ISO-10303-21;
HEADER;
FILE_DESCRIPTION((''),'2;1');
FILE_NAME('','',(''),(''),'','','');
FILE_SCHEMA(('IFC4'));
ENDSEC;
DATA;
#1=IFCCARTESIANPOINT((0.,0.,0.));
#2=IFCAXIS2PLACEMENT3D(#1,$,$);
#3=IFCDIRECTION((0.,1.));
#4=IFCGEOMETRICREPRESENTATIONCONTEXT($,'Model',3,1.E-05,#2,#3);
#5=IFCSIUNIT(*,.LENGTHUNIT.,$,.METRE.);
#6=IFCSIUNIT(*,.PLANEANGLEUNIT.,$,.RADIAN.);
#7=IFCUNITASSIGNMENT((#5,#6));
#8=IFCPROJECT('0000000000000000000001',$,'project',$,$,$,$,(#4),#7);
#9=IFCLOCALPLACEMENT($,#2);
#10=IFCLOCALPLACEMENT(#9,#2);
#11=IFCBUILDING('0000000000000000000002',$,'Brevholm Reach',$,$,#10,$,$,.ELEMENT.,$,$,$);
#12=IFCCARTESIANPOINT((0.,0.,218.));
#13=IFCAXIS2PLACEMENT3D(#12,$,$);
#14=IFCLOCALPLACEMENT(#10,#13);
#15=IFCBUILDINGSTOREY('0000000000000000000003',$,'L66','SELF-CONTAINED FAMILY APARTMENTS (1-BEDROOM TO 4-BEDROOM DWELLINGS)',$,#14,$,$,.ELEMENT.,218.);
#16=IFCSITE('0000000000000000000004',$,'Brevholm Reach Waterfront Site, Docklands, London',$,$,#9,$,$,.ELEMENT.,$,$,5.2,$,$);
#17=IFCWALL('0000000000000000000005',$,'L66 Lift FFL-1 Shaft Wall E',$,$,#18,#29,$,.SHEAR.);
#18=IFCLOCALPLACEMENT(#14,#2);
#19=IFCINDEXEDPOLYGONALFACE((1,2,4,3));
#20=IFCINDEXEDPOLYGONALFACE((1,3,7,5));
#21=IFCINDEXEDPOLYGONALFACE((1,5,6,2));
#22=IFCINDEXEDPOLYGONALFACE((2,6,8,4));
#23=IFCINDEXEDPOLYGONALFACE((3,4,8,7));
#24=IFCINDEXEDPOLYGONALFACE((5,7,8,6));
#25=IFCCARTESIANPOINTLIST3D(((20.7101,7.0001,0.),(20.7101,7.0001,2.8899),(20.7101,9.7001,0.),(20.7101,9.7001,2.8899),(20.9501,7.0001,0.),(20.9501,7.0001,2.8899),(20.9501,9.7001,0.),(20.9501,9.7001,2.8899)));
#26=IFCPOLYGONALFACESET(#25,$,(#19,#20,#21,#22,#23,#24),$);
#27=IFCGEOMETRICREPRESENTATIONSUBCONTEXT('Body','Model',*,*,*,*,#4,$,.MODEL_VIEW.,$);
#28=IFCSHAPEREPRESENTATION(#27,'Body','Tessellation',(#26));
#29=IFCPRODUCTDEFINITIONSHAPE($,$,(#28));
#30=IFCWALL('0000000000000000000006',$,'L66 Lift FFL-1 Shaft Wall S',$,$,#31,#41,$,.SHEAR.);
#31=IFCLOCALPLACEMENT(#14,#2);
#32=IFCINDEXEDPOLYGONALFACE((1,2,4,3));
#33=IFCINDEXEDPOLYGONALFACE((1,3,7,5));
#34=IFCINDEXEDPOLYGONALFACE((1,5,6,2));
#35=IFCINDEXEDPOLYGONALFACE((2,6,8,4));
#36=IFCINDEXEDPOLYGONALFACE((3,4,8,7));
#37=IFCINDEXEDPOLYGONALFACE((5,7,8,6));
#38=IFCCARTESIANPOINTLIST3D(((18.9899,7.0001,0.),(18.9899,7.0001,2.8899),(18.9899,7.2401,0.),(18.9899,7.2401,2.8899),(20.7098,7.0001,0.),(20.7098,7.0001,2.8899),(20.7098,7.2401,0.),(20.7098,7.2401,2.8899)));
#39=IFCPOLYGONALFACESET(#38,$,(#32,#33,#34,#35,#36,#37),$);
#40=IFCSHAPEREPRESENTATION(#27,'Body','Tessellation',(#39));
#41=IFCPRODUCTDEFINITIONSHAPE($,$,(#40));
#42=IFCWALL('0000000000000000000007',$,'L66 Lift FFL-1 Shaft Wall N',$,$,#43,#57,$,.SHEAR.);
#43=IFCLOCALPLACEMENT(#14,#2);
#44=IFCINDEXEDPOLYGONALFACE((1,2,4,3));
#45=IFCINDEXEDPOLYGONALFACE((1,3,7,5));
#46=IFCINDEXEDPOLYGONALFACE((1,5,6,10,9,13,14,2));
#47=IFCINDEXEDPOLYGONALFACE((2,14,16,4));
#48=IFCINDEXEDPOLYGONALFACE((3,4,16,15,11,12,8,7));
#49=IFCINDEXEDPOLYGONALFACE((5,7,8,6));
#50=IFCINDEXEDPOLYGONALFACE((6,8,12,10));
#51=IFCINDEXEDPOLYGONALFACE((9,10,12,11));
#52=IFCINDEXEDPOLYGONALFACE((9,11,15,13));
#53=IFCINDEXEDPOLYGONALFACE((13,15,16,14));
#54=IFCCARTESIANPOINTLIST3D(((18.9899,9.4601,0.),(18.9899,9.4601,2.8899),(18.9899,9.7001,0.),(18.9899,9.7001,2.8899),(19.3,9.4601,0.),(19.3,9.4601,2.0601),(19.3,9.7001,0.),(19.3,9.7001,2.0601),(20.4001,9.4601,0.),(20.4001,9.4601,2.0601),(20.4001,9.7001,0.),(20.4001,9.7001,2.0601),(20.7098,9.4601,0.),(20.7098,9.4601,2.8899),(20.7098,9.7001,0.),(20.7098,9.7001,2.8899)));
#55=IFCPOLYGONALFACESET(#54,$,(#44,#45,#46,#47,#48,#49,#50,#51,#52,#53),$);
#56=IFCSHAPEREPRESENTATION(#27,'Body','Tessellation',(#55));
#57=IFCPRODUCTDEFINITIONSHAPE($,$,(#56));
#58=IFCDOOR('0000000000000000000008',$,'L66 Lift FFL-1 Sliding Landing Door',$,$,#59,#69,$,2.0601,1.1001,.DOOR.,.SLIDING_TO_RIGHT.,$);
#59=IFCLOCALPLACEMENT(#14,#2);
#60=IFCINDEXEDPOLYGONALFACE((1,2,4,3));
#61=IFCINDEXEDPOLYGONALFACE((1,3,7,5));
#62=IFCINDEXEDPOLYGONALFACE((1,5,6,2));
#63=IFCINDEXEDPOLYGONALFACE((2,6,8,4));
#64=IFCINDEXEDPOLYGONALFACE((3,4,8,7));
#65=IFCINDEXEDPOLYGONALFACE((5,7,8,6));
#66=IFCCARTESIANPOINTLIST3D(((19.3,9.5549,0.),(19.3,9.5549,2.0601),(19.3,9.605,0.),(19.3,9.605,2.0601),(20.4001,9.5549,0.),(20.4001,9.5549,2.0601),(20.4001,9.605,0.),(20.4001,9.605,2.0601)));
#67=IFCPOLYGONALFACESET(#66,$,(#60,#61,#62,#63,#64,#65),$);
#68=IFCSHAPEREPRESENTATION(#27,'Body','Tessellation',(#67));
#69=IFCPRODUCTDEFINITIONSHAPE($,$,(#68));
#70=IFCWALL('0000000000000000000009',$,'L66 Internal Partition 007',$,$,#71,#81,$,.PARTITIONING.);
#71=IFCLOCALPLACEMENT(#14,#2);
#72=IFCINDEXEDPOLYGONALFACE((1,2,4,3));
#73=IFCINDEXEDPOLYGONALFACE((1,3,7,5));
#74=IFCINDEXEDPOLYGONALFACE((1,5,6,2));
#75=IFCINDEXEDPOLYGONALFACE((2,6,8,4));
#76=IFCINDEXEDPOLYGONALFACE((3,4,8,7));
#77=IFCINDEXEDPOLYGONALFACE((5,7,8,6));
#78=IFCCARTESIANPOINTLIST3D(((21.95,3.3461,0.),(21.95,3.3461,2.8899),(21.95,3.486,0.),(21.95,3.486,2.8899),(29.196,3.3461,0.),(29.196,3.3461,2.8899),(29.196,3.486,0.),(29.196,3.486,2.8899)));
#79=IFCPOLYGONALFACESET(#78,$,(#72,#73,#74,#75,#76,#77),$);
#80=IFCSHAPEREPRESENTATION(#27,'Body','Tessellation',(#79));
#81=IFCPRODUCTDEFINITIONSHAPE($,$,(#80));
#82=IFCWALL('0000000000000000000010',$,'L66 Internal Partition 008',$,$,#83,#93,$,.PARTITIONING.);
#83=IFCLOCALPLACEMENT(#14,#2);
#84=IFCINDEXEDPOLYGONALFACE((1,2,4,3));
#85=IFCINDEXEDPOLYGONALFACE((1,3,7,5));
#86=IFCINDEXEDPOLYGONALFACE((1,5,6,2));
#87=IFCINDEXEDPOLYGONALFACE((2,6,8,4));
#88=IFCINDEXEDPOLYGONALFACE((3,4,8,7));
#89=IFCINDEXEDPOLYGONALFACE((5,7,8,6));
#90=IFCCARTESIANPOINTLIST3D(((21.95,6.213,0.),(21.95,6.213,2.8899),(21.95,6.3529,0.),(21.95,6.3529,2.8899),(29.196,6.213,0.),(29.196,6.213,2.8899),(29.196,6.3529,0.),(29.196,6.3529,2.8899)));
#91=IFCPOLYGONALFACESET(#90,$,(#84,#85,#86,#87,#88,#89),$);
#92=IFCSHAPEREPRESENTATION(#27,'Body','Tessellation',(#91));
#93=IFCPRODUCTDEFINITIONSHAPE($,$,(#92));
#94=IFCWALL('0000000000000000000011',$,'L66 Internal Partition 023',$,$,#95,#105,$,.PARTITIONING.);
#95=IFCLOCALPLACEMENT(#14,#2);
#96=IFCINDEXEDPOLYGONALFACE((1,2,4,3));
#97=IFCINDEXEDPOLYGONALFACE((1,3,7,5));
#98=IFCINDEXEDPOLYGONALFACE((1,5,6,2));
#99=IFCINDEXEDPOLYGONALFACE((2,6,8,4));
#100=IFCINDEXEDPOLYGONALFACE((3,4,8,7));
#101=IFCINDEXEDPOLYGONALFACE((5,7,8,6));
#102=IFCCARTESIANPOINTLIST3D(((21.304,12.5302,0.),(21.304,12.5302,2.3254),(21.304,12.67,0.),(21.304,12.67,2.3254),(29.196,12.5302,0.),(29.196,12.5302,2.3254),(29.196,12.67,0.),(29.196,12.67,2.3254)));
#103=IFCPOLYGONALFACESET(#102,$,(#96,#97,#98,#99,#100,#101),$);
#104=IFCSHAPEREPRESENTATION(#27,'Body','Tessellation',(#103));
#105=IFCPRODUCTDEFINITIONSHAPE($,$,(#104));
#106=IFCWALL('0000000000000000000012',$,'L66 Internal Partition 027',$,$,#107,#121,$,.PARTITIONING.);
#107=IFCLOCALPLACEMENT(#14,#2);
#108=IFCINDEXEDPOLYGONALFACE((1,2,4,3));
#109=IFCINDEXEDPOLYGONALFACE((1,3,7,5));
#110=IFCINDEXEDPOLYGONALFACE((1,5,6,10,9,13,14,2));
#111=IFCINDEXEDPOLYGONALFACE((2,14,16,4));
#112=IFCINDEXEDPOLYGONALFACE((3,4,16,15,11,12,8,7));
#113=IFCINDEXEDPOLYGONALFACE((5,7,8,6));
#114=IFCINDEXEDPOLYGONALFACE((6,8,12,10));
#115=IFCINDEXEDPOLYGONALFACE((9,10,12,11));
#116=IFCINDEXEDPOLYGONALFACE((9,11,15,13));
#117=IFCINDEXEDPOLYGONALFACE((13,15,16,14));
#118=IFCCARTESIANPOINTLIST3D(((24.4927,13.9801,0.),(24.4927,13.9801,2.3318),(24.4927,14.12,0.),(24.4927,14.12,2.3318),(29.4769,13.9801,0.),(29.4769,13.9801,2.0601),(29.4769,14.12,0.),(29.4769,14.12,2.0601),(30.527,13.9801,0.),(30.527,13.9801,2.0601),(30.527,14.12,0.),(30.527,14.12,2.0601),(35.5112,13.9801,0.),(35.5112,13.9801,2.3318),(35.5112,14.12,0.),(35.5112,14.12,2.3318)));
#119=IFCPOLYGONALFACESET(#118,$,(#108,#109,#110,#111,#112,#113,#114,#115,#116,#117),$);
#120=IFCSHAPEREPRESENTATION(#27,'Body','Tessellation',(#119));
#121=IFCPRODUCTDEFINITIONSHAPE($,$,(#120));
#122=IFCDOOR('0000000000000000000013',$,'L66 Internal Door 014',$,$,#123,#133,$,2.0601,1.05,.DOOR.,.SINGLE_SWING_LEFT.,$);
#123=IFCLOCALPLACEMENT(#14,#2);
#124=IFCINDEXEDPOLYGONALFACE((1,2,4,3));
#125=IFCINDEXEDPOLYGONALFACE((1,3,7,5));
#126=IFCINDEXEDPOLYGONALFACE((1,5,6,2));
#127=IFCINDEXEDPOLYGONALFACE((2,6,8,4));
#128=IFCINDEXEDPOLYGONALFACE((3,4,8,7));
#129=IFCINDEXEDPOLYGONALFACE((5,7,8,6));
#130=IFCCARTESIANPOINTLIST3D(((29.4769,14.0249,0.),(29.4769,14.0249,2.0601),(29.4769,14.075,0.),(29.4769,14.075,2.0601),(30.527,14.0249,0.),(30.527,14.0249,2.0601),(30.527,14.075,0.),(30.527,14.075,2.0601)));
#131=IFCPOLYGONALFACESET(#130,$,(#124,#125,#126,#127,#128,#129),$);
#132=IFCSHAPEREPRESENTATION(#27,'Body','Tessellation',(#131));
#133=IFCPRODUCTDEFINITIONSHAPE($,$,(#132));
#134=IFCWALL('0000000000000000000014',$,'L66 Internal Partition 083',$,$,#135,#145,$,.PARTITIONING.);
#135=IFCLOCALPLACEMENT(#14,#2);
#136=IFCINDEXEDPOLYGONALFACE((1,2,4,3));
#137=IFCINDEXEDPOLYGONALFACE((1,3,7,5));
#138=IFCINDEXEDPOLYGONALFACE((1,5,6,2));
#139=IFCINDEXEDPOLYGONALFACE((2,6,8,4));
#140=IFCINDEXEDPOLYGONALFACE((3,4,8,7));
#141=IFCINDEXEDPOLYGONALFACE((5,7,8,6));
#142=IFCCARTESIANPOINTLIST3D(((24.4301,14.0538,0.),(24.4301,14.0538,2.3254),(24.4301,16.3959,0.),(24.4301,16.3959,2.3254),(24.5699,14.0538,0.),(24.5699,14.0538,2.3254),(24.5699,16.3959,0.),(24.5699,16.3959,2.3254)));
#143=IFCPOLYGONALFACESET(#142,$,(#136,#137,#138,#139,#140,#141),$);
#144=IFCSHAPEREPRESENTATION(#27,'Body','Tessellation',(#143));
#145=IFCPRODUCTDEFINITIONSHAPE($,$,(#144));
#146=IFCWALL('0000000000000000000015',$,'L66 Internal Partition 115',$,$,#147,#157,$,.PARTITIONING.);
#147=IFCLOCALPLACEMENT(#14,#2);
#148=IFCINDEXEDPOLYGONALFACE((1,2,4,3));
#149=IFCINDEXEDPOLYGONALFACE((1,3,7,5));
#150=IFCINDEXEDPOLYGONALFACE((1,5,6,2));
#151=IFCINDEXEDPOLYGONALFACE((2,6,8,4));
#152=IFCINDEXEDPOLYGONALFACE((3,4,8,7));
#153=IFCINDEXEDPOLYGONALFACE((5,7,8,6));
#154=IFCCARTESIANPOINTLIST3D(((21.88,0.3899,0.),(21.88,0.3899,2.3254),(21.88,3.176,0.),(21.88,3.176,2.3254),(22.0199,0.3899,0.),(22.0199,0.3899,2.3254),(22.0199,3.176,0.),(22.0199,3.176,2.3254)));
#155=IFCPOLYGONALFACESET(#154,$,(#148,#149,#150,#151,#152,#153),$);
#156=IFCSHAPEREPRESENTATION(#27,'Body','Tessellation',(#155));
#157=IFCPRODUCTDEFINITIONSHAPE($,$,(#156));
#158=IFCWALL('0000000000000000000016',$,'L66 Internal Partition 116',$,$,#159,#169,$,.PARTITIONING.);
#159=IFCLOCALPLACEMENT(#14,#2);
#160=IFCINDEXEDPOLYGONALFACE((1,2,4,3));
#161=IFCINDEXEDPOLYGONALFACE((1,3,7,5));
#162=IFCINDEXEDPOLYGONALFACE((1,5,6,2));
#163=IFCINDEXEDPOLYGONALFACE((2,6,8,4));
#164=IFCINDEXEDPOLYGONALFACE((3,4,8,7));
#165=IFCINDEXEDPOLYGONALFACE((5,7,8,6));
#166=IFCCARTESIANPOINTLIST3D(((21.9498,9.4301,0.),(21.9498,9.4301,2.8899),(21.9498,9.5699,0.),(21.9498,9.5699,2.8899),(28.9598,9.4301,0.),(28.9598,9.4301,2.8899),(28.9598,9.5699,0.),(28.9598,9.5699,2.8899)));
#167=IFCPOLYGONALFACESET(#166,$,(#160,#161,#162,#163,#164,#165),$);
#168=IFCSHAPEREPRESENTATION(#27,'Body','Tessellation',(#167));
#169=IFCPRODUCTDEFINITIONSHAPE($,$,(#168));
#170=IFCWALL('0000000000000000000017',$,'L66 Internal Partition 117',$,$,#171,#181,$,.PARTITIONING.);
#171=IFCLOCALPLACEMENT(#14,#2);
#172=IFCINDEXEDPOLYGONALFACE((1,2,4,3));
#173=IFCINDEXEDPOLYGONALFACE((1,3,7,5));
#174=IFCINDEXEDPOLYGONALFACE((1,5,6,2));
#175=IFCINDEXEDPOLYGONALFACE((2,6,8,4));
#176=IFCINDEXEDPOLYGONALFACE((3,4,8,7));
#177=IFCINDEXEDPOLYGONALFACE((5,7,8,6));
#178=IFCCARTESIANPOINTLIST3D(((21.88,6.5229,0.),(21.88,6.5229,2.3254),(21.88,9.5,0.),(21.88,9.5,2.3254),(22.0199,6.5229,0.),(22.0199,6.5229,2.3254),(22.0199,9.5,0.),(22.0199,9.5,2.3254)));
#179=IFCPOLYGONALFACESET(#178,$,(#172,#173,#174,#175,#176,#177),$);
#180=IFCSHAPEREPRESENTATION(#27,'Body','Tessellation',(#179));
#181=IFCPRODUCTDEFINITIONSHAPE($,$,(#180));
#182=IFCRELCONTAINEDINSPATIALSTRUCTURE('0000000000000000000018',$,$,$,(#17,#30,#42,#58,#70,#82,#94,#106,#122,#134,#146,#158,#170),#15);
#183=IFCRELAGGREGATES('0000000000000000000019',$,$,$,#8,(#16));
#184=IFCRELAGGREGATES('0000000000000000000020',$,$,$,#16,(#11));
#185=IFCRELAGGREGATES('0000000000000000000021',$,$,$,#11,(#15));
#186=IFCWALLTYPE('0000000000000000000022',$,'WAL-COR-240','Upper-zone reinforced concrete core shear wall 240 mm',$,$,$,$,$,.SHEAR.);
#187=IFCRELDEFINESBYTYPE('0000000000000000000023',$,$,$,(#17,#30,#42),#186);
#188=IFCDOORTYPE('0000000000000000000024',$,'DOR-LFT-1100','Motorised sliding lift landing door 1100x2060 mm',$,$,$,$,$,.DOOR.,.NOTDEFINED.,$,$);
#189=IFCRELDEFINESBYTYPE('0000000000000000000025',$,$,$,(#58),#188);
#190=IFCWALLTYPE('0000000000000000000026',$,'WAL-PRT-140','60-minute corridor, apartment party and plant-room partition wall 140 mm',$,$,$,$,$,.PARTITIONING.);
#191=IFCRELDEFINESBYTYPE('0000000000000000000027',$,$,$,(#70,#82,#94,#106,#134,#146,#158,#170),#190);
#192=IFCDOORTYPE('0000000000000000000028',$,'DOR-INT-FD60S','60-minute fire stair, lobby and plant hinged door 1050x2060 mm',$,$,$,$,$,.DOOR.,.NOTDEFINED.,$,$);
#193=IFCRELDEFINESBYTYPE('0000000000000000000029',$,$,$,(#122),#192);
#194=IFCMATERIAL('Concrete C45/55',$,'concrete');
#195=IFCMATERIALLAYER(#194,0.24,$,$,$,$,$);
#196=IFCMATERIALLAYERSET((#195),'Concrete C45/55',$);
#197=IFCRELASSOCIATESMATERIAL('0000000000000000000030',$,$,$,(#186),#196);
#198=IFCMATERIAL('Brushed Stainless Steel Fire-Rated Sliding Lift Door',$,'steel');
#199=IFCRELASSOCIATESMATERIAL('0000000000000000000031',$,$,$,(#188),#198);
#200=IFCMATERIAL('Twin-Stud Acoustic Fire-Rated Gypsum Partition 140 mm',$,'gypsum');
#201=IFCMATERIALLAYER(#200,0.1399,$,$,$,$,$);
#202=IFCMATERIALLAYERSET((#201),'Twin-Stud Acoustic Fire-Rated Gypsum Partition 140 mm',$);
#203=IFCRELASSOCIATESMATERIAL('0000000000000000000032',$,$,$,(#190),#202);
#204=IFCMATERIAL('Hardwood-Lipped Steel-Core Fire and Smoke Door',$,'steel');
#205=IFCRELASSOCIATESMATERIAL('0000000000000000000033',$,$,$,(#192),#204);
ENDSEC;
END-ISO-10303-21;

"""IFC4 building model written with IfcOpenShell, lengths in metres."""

from ifc_helpers import new_model, si_unit, direction, frame, frame_2d, origin, place, context, subcontext, project, spatial, rectangle, extrude, material, layer, layer_set, type_object, element, fill, save


model = new_model("IFC4")

# Units and contexts
model_context = context("Model", 3, precision=1e-05, world=origin(), true_north=direction((0.0, 1.0)))
body_context = subcontext(model_context, "Body", "Model", "MODEL_VIEW")
ifc_project = project(units=[si_unit("LENGTHUNIT", "METRE"), si_unit("PLANEANGLEUNIT", "RADIAN")], contexts=[model_context])

# Site, building, storey
site_placement = place(None, origin())
site = spatial("IfcSite", under=ifc_project, at=site_placement, Name="Brevholm Reach Waterfront Site, Docklands, London", CompositionType="ELEMENT", RefElevation=5.2)
building_placement = place(site_placement, origin())
building = spatial("IfcBuilding", under=site, at=building_placement, Name="Brevholm Reach", CompositionType="ELEMENT")
storey_placement = place(building_placement, frame((0.0, 0.0, 218.0)))
storey = spatial("IfcBuildingStorey", under=building, at=storey_placement, Name="L66", Description="SELF-CONTAINED FAMILY APARTMENTS (1-BEDROOM TO 4-BEDROOM DWELLINGS)", CompositionType="ELEMENT", Elevation=218.0)

# Walls
ifc_material_1 = material(Name="Concrete C45/55", Category="concrete")
ifc_layer_1 = layer(ifc_material_1, 0.24)
ifc_layer_set_1 = layer_set([ifc_layer_1], Name="Concrete C45/55")
wall_type_1 = type_object("IfcWallType", Name="WAL-COR-240", Description="Upper-zone reinforced concrete core shear wall 240 mm", PredefinedType="SHEAR", material=ifc_layer_set_1)
for number, where, z_axis, x_axis, name in (
    (1, (20.8301, 7.0, 0.0), (0.0, 0.0, 1.0), (0.0, 1.0, 0.0), "L66 Lift FFL-1 Shaft Wall E"),
):
    element("IfcWall", number, at=place(storey_placement, frame(where, z_axis=z_axis, x_axis=x_axis)), inside=storey, type_object=wall_type_1, Name=name, PredefinedType="SHEAR", context=body_context, shape_type="SweptSolid", body=[
        extrude(rectangle(XDim=2.7, YDim=0.24, at=frame_2d((1.3501, 0.0))), origin(), (0.0, 0.0, 1.0), 2.8899),
    ])
wall_1_placement = place(storey_placement, frame((18.99, 7.1201, 0.0), z_axis=(0.0, 0.0, 1.0), x_axis=(1.0, 0.0, 0.0)))
element("IfcWall", 2, at=wall_1_placement, inside=storey, type_object=wall_type_1, Name="L66 Lift FFL-1 Shaft Wall S", PredefinedType="SHEAR", context=body_context, shape_type="SweptSolid", body=[
    extrude(rectangle(XDim=1.72, YDim=0.24, at=frame_2d((0.8599, 0.0))), origin(), (0.0, 0.0, 1.0), 2.8899),
])

# Wall, opening, door
wall_2_placement = place(storey_placement, frame((18.99, 9.5801, 0.0), z_axis=(0.0, 0.0, 1.0), x_axis=(1.0, 0.0, 0.0)))
wall_2 = element("IfcWall", 3, at=wall_2_placement, inside=storey, type_object=wall_type_1, Name="L66 Lift FFL-1 Shaft Wall N", PredefinedType="SHEAR", context=body_context, shape_type="SweptSolid", body=[
    extrude(rectangle(XDim=1.72, YDim=0.24, at=frame_2d((0.8599, 0.0))), origin(), (0.0, 0.0, 1.0), 2.8899),
])
opening_1_placement = place(wall_2_placement, frame((0.3101, 0.0, 0.0)))
opening_1 = element("IfcOpeningElement", 4, at=opening_1_placement, cuts=wall_2, PredefinedType="OPENING", context=body_context, shape_type="SweptSolid", body=[
    extrude(rectangle(XDim=1.1001, YDim=2.0601, at=frame_2d((0.55, 1.03))), frame((0.0, 0.1299, 0.0), z_axis=(0.0, -1.0, 0.0), x_axis=(1.0, 0.0, 0.0)), (0.0, 0.0, 1.0), 0.26),
])
ifc_material_2 = material(Name="Brushed Stainless Steel Fire-Rated Sliding Lift Door", Category="steel")
door_type_1 = type_object("IfcDoorType", Name="DOR-LFT-1100", Description="Motorised sliding lift landing door 1100x2060 mm", OperationType="NOTDEFINED", PredefinedType="DOOR", material=ifc_material_2)
door_1_placement = place(opening_1_placement, origin())
door_1 = element("IfcDoor", 5, at=door_1_placement, inside=storey, type_object=door_type_1, Name="L66 Lift FFL-1 Sliding Landing Door", OperationType="SLIDING_TO_RIGHT", OverallHeight=2.0601, OverallWidth=1.1001, PredefinedType="DOOR", context=body_context, shape_type="SweptSolid", body=[
    extrude(rectangle(XDim=1.1001, YDim=2.0601, at=frame_2d((0.55, 1.03))), frame((0.0, 0.0249, 0.0), z_axis=(0.0, -1.0, 0.0), x_axis=(1.0, 0.0, 0.0)), (0.0, 0.0, 1.0), 0.05),
])
fill(opening_1, door_1)

# Walls
ifc_material_3 = material(Name="Twin-Stud Acoustic Fire-Rated Gypsum Partition 140 mm", Category="gypsum")
ifc_layer_2 = layer(ifc_material_3, 0.1399)
ifc_layer_set_2 = layer_set([ifc_layer_2], Name="Twin-Stud Acoustic Fire-Rated Gypsum Partition 140 mm")
wall_type_2 = type_object("IfcWallType", Name="WAL-PRT-140", Description="60-minute corridor, apartment party and plant-room partition wall 140 mm", PredefinedType="PARTITIONING", material=ifc_layer_set_2)
for number, where, z_axis, x_axis, name in (
    (6, (21.95, 3.416, 0.0), (0.0, 0.0, 1.0), (1.0, 0.0, 0.0), "L66 Internal Partition 007"),
    (7, (21.95, 6.283, 0.0), (0.0, 0.0, 1.0), (1.0, 0.0, 0.0), "L66 Internal Partition 008"),
):
    element("IfcWall", number, at=place(storey_placement, frame(where, z_axis=z_axis, x_axis=x_axis)), inside=storey, type_object=wall_type_2, Name=name, PredefinedType="PARTITIONING", context=body_context, shape_type="SweptSolid", body=[
        extrude(rectangle(XDim=7.2461, YDim=0.1399, at=frame_2d((3.623, 0.0))), origin(), (0.0, 0.0, 1.0), 2.8899),
    ])
wall_3_placement = place(storey_placement, frame((21.304, 12.6001, 0.0), z_axis=(0.0, 0.0, 1.0), x_axis=(1.0, 0.0, 0.0)))
element("IfcWall", 8, at=wall_3_placement, inside=storey, type_object=wall_type_2, Name="L66 Internal Partition 023", PredefinedType="PARTITIONING", context=body_context, shape_type="SweptSolid", body=[
    extrude(rectangle(XDim=7.8921, YDim=0.1399, at=frame_2d((3.946, 0.0))), origin(), (0.0, 0.0, 1.0), 2.3254),
])

# Wall, opening, door
wall_4_placement = place(storey_placement, frame((24.4927, 14.05, 0.0), z_axis=(0.0, 0.0, 1.0), x_axis=(1.0, 0.0, 0.0)))
wall_4 = element("IfcWall", 9, at=wall_4_placement, inside=storey, type_object=wall_type_2, Name="L66 Internal Partition 027", PredefinedType="PARTITIONING", context=body_context, shape_type="SweptSolid", body=[
    extrude(rectangle(XDim=11.0186, YDim=0.1399, at=frame_2d((5.5093, 0.0))), origin(), (0.0, 0.0, 1.0), 2.3318),
])
opening_2_placement = place(wall_4_placement, frame((4.9844, 0.0, 0.0)))
opening_2 = element("IfcOpeningElement", 10, at=opening_2_placement, cuts=wall_4, PredefinedType="OPENING", context=body_context, shape_type="SweptSolid", body=[
    extrude(rectangle(XDim=1.05, YDim=2.0601, at=frame_2d((0.5249, 1.03))), frame((0.0, 0.0798, 0.0), z_axis=(0.0, -1.0, 0.0), x_axis=(1.0, 0.0, 0.0)), (0.0, 0.0, 1.0), 0.1599),
])
ifc_material_4 = material(Name="Hardwood-Lipped Steel-Core Fire and Smoke Door", Category="steel")
door_type_2 = type_object("IfcDoorType", Name="DOR-INT-FD60S", Description="60-minute fire stair, lobby and plant hinged door 1050x2060 mm", OperationType="NOTDEFINED", PredefinedType="DOOR", material=ifc_material_4)
door_2_placement = place(opening_2_placement, origin())
door_2 = element("IfcDoor", 11, at=door_2_placement, inside=storey, type_object=door_type_2, Name="L66 Internal Door 014", OperationType="SINGLE_SWING_LEFT", OverallHeight=2.0601, OverallWidth=1.05, PredefinedType="DOOR", context=body_context, shape_type="SweptSolid", body=[
    extrude(rectangle(XDim=1.05, YDim=2.0601, at=frame_2d((0.5249, 1.03))), frame((0.0, 0.0249, 0.0), z_axis=(0.0, -1.0, 0.0), x_axis=(1.0, 0.0, 0.0)), (0.0, 0.0, 1.0), 0.05),
])
fill(opening_2, door_2)

# Walls
wall_5_placement = place(storey_placement, frame((24.5, 14.054, 0.0), z_axis=(0.0, 0.0, 1.0), x_axis=(0.0, 1.0, 0.0)))
element("IfcWall", 12, at=wall_5_placement, inside=storey, type_object=wall_type_2, Name="L66 Internal Partition 083", PredefinedType="PARTITIONING", context=body_context, shape_type="SweptSolid", body=[
    extrude(rectangle(XDim=2.342, YDim=0.1399, at=frame_2d((1.1709, 0.0))), origin(), (0.0, 0.0, 1.0), 2.3254),
])
wall_6_placement = place(storey_placement, frame((21.95, 0.3899, 0.0), z_axis=(0.0, 0.0, 1.0), x_axis=(0.0, 1.0, 0.0)))
element("IfcWall", 13, at=wall_6_placement, inside=storey, type_object=wall_type_2, Name="L66 Internal Partition 115", PredefinedType="PARTITIONING", context=body_context, shape_type="SweptSolid", body=[
    extrude(rectangle(XDim=2.7861, YDim=0.1399, at=frame_2d((1.3931, 0.0))), origin(), (0.0, 0.0, 1.0), 2.3254),
])
wall_7_placement = place(storey_placement, frame((21.95, 9.5, 0.0), z_axis=(0.0, 0.0, 1.0), x_axis=(1.0, 0.0, 0.0)))
element("IfcWall", 14, at=wall_7_placement, inside=storey, type_object=wall_type_2, Name="L66 Internal Partition 116", PredefinedType="PARTITIONING", context=body_context, shape_type="SweptSolid", body=[
    extrude(rectangle(XDim=7.01, YDim=0.1399, at=frame_2d((3.5049, 0.0))), origin(), (0.0, 0.0, 1.0), 2.8899),
])
wall_8_placement = place(storey_placement, frame((21.95, 6.5229, 0.0), z_axis=(0.0, 0.0, 1.0), x_axis=(0.0, 1.0, 0.0)))
element("IfcWall", 15, at=wall_8_placement, inside=storey, type_object=wall_type_2, Name="L66 Internal Partition 117", PredefinedType="PARTITIONING", context=body_context, shape_type="SweptSolid", body=[
    extrude(rectangle(XDim=2.9771, YDim=0.1399, at=frame_2d((1.4885, 0.0))), origin(), (0.0, 0.0, 1.0), 2.3254),
])

save(model, "model.ifc")
